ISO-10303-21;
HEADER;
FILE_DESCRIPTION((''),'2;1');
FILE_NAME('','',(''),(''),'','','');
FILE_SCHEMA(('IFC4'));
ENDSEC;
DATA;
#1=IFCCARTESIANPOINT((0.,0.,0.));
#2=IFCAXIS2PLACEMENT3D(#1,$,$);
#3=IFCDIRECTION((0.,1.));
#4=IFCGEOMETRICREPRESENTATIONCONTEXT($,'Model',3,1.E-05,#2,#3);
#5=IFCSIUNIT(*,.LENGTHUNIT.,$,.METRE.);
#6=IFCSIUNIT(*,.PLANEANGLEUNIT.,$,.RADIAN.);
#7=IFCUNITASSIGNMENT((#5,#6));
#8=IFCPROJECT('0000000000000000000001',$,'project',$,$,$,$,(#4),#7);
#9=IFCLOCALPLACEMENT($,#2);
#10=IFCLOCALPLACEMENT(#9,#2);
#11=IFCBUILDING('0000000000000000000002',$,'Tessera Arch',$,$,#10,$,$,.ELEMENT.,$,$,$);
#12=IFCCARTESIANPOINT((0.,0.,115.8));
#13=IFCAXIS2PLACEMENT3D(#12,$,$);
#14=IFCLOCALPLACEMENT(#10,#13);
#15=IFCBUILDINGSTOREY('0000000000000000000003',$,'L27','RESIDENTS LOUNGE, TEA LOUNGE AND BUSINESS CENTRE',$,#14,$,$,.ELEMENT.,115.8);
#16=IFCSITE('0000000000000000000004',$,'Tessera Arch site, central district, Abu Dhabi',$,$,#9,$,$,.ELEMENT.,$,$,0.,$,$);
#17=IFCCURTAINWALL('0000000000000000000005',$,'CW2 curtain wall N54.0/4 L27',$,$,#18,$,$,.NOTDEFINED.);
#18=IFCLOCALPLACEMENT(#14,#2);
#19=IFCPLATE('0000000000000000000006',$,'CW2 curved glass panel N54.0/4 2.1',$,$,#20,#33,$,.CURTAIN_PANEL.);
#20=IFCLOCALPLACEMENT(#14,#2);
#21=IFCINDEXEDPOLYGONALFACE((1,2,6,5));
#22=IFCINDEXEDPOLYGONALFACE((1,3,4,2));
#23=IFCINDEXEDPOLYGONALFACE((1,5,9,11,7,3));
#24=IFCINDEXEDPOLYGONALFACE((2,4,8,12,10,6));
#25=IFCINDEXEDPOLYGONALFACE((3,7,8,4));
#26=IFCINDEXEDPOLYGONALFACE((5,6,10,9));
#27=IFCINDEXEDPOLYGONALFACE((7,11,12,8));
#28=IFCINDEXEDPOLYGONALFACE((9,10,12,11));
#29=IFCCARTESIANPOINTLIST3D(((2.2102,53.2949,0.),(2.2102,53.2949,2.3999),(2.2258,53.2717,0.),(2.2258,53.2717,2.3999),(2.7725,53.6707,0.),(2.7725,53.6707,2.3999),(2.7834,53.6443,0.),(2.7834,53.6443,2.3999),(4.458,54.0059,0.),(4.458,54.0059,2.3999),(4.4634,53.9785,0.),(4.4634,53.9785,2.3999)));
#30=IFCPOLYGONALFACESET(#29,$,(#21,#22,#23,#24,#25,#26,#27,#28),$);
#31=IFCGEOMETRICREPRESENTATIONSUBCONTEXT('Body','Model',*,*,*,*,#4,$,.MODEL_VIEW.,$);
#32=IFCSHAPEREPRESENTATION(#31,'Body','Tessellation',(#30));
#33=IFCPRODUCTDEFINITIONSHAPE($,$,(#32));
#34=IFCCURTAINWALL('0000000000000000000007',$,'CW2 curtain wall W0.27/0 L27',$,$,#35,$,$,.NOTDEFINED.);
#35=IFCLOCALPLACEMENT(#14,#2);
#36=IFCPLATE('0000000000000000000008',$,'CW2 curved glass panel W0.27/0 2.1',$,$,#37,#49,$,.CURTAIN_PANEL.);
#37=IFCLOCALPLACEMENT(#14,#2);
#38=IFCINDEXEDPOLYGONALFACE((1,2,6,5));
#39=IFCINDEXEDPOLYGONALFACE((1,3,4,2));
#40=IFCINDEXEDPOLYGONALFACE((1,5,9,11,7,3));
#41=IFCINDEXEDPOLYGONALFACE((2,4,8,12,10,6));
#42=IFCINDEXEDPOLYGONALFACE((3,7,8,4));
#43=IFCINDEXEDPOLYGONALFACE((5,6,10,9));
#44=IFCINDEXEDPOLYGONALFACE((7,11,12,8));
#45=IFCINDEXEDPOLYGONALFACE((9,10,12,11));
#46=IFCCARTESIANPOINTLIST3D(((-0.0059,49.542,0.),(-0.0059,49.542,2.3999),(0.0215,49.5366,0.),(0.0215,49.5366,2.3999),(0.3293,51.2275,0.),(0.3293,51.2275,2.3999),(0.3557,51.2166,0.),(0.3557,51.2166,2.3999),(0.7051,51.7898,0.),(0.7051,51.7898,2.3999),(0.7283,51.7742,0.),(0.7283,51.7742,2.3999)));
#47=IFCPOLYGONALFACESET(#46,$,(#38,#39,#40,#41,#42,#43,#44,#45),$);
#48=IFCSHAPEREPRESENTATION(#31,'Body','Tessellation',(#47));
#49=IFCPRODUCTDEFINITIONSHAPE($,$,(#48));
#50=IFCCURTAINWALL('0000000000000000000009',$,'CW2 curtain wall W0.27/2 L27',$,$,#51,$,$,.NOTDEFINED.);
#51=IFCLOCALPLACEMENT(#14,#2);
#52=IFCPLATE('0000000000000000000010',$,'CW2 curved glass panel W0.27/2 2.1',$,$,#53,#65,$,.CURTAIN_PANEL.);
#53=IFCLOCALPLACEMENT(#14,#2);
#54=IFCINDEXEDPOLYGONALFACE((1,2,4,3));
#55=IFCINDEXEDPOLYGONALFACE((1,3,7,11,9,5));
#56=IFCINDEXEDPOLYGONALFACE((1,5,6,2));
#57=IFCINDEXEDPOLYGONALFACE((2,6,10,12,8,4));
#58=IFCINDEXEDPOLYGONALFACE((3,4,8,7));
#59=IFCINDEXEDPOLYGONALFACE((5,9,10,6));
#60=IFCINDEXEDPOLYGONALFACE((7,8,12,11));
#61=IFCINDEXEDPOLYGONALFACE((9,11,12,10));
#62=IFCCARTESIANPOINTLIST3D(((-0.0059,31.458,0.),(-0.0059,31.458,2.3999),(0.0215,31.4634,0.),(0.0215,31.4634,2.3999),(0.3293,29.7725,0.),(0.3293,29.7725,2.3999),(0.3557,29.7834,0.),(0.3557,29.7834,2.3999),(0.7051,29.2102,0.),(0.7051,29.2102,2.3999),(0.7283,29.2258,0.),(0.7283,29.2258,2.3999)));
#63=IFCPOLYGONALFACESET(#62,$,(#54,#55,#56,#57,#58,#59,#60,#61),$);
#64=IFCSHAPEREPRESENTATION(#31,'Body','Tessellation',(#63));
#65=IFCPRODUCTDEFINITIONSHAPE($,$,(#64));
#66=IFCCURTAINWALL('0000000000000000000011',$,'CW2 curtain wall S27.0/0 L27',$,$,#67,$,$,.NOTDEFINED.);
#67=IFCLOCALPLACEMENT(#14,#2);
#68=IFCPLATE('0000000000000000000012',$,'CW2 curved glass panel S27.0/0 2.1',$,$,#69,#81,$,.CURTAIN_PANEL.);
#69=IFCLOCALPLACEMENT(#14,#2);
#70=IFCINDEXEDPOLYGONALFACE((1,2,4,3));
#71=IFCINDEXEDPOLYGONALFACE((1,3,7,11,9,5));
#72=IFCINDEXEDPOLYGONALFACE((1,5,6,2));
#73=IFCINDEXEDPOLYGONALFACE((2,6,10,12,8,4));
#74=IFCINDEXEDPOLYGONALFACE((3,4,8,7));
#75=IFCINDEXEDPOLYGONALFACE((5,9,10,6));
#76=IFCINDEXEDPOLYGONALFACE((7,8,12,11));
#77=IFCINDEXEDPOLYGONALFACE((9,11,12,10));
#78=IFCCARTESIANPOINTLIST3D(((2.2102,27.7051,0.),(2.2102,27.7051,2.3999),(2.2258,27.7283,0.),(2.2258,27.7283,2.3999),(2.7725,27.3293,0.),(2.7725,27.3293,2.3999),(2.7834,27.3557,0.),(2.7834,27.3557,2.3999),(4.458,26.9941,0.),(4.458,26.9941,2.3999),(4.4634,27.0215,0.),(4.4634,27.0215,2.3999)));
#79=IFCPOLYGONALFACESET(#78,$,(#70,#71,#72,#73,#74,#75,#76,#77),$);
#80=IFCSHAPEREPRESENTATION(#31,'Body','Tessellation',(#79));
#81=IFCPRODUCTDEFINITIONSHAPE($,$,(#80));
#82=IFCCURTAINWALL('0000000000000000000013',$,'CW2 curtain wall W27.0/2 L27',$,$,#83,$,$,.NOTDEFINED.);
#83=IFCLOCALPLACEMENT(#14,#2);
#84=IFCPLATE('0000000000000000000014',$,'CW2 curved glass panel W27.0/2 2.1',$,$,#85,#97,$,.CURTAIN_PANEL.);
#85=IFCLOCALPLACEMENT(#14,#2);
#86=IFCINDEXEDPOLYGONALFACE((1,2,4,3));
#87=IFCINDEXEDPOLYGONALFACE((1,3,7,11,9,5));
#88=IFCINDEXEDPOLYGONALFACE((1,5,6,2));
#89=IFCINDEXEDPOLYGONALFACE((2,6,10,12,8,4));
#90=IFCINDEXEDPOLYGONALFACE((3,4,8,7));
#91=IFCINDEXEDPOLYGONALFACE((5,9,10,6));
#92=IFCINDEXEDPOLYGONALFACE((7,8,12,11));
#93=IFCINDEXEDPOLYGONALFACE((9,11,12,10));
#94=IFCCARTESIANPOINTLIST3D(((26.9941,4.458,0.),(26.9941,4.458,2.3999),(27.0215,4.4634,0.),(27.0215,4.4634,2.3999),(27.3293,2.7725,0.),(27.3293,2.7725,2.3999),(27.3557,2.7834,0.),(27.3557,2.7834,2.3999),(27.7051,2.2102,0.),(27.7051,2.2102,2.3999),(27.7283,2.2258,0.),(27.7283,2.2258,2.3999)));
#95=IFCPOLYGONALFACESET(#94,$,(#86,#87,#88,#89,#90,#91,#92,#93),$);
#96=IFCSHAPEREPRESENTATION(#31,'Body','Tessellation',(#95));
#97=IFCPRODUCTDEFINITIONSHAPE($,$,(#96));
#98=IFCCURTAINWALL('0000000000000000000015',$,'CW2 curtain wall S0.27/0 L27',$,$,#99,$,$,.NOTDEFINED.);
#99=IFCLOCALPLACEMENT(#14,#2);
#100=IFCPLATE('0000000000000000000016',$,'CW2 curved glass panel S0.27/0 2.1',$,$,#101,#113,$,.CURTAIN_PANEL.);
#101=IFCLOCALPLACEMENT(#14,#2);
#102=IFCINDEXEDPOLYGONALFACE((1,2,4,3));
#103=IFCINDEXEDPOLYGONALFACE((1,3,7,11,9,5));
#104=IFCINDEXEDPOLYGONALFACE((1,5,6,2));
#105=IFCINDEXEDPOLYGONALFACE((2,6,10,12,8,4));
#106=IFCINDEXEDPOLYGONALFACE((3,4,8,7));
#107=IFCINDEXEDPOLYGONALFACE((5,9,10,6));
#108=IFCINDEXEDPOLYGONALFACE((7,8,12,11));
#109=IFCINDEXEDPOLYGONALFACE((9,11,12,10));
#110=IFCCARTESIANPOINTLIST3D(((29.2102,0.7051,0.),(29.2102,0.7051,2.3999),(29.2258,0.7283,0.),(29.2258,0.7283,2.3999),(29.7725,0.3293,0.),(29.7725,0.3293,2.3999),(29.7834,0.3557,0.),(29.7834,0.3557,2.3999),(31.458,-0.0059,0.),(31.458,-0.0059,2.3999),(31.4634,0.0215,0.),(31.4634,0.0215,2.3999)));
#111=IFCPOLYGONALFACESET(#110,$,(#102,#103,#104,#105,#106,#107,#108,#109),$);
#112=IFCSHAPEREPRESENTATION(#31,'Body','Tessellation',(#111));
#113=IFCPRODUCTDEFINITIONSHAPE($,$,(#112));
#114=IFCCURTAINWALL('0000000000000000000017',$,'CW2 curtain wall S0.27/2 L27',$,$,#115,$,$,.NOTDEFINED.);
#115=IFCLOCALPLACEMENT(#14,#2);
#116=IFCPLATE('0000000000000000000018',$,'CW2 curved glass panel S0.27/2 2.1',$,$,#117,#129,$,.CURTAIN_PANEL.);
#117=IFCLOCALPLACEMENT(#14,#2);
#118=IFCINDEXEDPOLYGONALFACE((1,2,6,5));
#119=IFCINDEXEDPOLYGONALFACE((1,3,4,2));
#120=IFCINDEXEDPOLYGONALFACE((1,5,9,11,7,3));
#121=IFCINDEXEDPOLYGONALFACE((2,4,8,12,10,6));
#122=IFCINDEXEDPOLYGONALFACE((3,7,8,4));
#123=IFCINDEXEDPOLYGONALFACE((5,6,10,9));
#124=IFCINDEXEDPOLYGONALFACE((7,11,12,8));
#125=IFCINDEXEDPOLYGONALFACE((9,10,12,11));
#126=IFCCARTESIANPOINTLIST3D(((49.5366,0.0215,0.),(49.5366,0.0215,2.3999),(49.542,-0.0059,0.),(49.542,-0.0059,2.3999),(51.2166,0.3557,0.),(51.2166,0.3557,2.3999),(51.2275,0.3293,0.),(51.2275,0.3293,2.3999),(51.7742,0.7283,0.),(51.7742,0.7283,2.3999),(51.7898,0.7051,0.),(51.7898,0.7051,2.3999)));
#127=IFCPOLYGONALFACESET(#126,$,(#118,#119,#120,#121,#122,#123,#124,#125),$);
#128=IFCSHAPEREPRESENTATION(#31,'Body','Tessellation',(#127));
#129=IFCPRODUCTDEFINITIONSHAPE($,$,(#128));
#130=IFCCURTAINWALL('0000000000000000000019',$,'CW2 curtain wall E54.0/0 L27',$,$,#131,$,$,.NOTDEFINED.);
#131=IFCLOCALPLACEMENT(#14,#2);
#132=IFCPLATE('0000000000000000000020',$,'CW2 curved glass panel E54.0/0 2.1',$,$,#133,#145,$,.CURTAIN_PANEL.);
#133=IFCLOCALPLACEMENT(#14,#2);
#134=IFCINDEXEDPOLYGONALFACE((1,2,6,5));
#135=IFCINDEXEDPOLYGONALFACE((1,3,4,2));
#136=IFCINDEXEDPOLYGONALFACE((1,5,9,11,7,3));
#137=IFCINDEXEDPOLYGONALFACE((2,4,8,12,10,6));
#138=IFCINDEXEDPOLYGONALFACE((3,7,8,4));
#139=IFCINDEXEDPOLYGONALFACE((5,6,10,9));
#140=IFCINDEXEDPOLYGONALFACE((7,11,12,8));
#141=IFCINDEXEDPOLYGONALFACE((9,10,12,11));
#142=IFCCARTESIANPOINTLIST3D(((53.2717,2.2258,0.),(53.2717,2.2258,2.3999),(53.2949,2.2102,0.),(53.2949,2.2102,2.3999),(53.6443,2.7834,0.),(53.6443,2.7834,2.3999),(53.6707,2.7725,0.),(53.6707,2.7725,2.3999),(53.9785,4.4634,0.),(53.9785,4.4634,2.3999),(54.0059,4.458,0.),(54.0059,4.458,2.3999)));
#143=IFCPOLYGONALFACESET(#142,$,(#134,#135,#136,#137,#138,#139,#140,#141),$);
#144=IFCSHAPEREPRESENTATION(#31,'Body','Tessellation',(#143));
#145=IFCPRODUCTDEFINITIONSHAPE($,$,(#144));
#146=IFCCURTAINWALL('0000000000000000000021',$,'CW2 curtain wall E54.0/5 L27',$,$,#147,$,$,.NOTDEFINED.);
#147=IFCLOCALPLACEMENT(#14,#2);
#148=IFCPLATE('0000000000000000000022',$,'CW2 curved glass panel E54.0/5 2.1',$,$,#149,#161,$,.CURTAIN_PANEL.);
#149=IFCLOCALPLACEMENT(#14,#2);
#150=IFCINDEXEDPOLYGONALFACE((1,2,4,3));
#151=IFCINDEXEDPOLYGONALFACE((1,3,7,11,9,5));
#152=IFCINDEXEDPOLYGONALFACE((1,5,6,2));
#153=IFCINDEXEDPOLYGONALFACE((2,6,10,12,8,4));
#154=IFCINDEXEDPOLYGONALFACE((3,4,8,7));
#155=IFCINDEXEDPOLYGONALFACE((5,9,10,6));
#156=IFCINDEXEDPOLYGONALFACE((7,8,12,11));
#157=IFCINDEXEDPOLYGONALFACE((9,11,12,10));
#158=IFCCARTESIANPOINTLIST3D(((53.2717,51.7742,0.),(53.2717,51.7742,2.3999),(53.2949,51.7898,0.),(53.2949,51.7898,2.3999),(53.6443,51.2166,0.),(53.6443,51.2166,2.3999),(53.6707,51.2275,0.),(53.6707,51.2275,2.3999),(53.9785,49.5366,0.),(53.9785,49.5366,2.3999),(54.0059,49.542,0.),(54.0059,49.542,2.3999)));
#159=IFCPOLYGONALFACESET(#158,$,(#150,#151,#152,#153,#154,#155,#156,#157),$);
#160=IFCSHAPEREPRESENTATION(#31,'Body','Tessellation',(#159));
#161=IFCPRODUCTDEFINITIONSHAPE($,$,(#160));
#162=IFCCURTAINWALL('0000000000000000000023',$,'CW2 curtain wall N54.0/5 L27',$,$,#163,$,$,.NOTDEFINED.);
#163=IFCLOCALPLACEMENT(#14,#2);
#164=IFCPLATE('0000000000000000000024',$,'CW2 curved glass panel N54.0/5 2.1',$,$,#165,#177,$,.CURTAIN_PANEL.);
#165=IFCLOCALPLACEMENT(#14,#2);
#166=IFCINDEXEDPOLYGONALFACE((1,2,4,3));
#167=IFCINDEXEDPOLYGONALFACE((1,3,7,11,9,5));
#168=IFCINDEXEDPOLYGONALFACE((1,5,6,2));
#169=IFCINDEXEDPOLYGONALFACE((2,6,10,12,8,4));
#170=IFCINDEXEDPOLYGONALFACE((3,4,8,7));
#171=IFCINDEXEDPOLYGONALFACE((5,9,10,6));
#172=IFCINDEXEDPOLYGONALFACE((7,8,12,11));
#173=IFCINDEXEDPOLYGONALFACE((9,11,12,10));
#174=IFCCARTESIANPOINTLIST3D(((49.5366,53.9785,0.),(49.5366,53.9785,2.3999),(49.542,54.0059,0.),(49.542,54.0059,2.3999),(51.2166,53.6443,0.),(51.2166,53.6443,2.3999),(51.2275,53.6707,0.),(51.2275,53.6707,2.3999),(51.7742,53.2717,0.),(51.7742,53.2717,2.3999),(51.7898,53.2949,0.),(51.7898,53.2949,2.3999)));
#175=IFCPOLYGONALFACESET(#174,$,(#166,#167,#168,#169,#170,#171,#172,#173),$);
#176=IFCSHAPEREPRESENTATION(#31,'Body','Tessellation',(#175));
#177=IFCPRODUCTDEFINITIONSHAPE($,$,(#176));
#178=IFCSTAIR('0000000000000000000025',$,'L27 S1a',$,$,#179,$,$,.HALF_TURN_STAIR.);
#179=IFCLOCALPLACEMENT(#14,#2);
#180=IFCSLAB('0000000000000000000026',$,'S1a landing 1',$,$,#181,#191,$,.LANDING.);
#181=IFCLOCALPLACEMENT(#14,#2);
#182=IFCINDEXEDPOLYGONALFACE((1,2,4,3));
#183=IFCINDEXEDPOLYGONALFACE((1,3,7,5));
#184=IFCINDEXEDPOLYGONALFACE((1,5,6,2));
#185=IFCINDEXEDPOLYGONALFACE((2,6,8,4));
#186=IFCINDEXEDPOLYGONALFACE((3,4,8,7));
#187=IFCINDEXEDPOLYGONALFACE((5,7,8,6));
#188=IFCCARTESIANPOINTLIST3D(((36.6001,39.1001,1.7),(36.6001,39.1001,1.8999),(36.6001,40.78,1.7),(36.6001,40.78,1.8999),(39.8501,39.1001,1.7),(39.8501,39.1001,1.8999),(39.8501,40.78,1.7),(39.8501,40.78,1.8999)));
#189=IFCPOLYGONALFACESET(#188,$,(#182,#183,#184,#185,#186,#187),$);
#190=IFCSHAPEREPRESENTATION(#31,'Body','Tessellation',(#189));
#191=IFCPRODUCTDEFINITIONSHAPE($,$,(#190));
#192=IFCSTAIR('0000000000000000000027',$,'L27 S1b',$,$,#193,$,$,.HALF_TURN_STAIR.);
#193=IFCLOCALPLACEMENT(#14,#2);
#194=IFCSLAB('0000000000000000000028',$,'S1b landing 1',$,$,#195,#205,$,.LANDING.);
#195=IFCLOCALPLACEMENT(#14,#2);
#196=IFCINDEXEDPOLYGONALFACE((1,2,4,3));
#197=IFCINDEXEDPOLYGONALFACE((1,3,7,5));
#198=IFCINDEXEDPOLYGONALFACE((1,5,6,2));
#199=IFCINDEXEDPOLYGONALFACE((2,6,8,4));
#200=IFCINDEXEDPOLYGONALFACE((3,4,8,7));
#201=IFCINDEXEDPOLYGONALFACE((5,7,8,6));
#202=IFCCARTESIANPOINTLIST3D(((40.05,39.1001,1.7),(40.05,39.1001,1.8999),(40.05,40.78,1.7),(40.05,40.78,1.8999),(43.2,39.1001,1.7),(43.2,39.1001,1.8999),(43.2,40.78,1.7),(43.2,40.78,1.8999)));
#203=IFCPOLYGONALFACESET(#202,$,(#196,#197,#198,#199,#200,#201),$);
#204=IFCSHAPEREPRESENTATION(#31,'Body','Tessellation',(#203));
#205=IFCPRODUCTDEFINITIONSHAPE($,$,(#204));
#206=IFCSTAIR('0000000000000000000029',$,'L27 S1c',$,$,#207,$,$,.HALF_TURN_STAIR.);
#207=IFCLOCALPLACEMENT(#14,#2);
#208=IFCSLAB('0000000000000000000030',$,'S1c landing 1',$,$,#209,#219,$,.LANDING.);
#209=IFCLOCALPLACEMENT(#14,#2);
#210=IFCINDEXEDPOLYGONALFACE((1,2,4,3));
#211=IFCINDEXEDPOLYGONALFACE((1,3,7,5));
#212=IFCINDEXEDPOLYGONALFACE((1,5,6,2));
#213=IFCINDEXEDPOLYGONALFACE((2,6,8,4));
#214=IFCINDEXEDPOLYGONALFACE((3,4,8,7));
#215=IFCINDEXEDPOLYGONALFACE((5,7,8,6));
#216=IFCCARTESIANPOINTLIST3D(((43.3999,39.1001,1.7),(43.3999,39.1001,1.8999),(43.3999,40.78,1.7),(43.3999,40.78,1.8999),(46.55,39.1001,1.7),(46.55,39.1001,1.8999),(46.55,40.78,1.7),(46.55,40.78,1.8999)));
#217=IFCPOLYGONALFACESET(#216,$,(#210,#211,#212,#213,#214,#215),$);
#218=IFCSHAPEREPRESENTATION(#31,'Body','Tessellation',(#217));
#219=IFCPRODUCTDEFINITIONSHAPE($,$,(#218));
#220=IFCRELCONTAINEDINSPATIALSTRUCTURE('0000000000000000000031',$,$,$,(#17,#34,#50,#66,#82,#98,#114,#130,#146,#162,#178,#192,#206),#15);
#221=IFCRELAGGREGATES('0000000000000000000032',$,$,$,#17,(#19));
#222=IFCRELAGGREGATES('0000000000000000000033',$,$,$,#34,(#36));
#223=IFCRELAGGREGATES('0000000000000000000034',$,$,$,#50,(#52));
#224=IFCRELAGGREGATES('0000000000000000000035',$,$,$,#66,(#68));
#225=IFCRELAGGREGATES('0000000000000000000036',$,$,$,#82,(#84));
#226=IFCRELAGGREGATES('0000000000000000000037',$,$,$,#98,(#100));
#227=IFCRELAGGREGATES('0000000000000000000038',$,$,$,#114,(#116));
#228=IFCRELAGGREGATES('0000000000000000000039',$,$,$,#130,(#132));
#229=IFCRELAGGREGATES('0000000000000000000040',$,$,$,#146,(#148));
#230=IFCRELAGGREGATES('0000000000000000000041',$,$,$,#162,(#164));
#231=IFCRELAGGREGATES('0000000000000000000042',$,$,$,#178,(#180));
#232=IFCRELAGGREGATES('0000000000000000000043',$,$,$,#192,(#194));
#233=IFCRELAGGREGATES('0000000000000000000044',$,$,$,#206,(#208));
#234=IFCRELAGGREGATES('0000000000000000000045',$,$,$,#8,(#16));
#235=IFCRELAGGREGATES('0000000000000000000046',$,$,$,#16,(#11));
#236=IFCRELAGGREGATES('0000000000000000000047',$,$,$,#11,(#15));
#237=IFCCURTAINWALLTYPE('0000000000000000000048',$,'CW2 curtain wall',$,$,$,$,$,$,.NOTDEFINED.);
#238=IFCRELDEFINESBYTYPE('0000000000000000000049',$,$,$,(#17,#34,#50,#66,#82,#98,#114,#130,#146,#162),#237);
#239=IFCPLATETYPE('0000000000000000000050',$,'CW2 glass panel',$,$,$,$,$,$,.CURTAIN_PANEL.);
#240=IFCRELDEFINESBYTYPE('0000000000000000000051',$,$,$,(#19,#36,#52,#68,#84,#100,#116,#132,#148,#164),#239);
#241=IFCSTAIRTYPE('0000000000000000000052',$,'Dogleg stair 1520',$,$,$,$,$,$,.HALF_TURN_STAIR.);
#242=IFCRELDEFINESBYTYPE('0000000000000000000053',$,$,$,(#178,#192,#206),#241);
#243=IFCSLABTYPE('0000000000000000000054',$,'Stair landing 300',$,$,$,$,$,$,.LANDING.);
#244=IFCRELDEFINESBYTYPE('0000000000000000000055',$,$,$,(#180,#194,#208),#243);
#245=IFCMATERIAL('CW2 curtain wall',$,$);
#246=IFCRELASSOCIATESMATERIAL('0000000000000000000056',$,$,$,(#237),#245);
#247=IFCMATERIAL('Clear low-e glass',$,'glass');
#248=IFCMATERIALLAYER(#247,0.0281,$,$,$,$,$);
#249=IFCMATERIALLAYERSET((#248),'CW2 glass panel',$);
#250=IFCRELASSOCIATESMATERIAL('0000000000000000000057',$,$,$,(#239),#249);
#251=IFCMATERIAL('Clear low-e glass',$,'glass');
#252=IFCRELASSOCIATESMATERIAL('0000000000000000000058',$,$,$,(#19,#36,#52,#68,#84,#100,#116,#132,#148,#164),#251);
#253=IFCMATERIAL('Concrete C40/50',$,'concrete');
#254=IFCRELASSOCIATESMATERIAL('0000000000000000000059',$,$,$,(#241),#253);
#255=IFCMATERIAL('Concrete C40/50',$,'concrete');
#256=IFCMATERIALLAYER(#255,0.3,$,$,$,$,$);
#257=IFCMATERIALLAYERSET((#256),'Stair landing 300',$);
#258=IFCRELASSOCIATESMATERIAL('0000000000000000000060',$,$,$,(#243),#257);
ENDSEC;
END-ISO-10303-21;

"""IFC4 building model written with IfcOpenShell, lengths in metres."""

from ifc_helpers import new_model, si_unit, direction, frame, origin, place, context, subcontext, project, spatial, polyline, outline, extrude, material, layer, layer_set, type_object, element, aggregate, save


model = new_model("IFC4")

# Units and contexts
model_context = context("Model", 3, precision=1e-05, world=origin(), true_north=direction((0.0, 1.0)))
body_context = subcontext(model_context, "Body", "Model", "MODEL_VIEW")
ifc_project = project(units=[si_unit("LENGTHUNIT", "METRE"), si_unit("PLANEANGLEUNIT", "RADIAN")], contexts=[model_context])

# Site, building, storey
site_placement = place(None, origin())
site = spatial("IfcSite", under=ifc_project, at=site_placement, Name="Tessera Arch site, central district, Abu Dhabi", CompositionType="ELEMENT", RefElevation=0.0)
building_placement = place(site_placement, origin())
building = spatial("IfcBuilding", under=site, at=building_placement, Name="Tessera Arch", CompositionType="ELEMENT")
storey_placement = place(building_placement, frame((0.0, 0.0, 115.8)))
storey = spatial("IfcBuildingStorey", under=building, at=storey_placement, Name="L27", Description="RESIDENTS LOUNGE, TEA LOUNGE AND BUSINESS CENTRE", CompositionType="ELEMENT", Elevation=115.8)

# Curtain walls, plates
ifc_material_1 = material(Name="CW2 curtain wall")
curtain_wall_type = type_object("IfcCurtainWallType", Name="CW2 curtain wall", PredefinedType="NOTDEFINED", material=ifc_material_1)
curtain_wall_1_placement = place(storey_placement, origin())
curtain_wall_1 = element("IfcCurtainWall", 1, at=curtain_wall_1_placement, inside=storey, type_object=curtain_wall_type, Name="CW2 curtain wall N54.0/4 L27", PredefinedType="NOTDEFINED")
ifc_material_2 = material(Name="Clear low-e glass", Category="glass")
ifc_material_3 = material(Name="Clear low-e glass", Category="glass")
ifc_layer_1 = layer(ifc_material_3, 0.0281)
ifc_layer_set_1 = layer_set([ifc_layer_1], Name="CW2 glass panel")
plate_type = type_object("IfcPlateType", Name="CW2 glass panel", PredefinedType="CURTAIN_PANEL", material=ifc_layer_set_1)
plate_1_placement = place(storey_placement, origin())
plate_1 = element("IfcPlate", 2, at=plate_1_placement, type_object=plate_type, material=ifc_material_2, Name="CW2 curved glass panel N54.0/4 2.1", PredefinedType="CURTAIN_PANEL", context=body_context, shape_type="SweptSolid", body=[
    extrude(outline(polyline([(2.7834, 53.6443), (4.4634, 53.9785), (4.458, 54.0059), (2.7725, 53.6707), (2.2102, 53.2949), (2.2258, 53.2717), (2.7834, 53.6443)])), origin(), (0.0, 0.0, 1.0), 2.3999),
])
aggregate(curtain_wall_1, [plate_1])
curtain_wall_2_placement = place(storey_placement, origin())
curtain_wall_2 = element("IfcCurtainWall", 3, at=curtain_wall_2_placement, inside=storey, type_object=curtain_wall_type, Name="CW2 curtain wall W0.27/0 L27", PredefinedType="NOTDEFINED")
plate_2_placement = place(storey_placement, origin())
plate_2 = element("IfcPlate", 4, at=plate_2_placement, type_object=plate_type, material=ifc_material_2, Name="CW2 curved glass panel W0.27/0 2.1", PredefinedType="CURTAIN_PANEL", context=body_context, shape_type="SweptSolid", body=[
    extrude(outline(polyline([(0.3557, 51.2166), (0.7283, 51.7742), (0.7051, 51.7898), (0.3293, 51.2275), (-0.0059, 49.542), (0.0215, 49.5366), (0.3557, 51.2166)])), origin(), (0.0, 0.0, 1.0), 2.3999),
])
aggregate(curtain_wall_2, [plate_2])
curtain_wall_3_placement = place(storey_placement, origin())
curtain_wall_3 = element("IfcCurtainWall", 5, at=curtain_wall_3_placement, inside=storey, type_object=curtain_wall_type, Name="CW2 curtain wall W0.27/2 L27", PredefinedType="NOTDEFINED")
plate_3_placement = place(storey_placement, origin())
plate_3 = element("IfcPlate", 6, at=plate_3_placement, type_object=plate_type, material=ifc_material_2, Name="CW2 curved glass panel W0.27/2 2.1", PredefinedType="CURTAIN_PANEL", context=body_context, shape_type="SweptSolid", body=[
    extrude(outline(polyline([(0.3557, 29.7834), (0.0215, 31.4634), (-0.0059, 31.458), (0.3293, 29.7725), (0.7051, 29.2102), (0.7283, 29.2258), (0.3557, 29.7834)])), origin(), (0.0, 0.0, 1.0), 2.3999),
])
aggregate(curtain_wall_3, [plate_3])
curtain_wall_4_placement = place(storey_placement, origin())
curtain_wall_4 = element("IfcCurtainWall", 7, at=curtain_wall_4_placement, inside=storey, type_object=curtain_wall_type, Name="CW2 curtain wall S27.0/0 L27", PredefinedType="NOTDEFINED")
plate_4_placement = place(storey_placement, origin())
plate_4 = element("IfcPlate", 8, at=plate_4_placement, type_object=plate_type, material=ifc_material_2, Name="CW2 curved glass panel S27.0/0 2.1", PredefinedType="CURTAIN_PANEL", context=body_context, shape_type="SweptSolid", body=[
    extrude(outline(polyline([(2.7834, 27.3557), (2.2258, 27.7283), (2.2102, 27.7051), (2.7725, 27.3293), (4.458, 26.9941), (4.4634, 27.0215), (2.7834, 27.3557)])), origin(), (0.0, 0.0, 1.0), 2.3999),
])
aggregate(curtain_wall_4, [plate_4])
curtain_wall_5_placement = place(storey_placement, origin())
curtain_wall_5 = element("IfcCurtainWall", 9, at=curtain_wall_5_placement, inside=storey, type_object=curtain_wall_type, Name="CW2 curtain wall W27.0/2 L27", PredefinedType="NOTDEFINED")
plate_5_placement = place(storey_placement, origin())
plate_5 = element("IfcPlate", 10, at=plate_5_placement, type_object=plate_type, material=ifc_material_2, Name="CW2 curved glass panel W27.0/2 2.1", PredefinedType="CURTAIN_PANEL", context=body_context, shape_type="SweptSolid", body=[
    extrude(outline(polyline([(27.3557, 2.7834), (27.0215, 4.4634), (26.9941, 4.458), (27.3293, 2.7725), (27.7051, 2.2102), (27.7283, 2.2258), (27.3557, 2.7834)])), origin(), (0.0, 0.0, 1.0), 2.3999),
])
aggregate(curtain_wall_5, [plate_5])
curtain_wall_6_placement = place(storey_placement, origin())
curtain_wall_6 = element("IfcCurtainWall", 11, at=curtain_wall_6_placement, inside=storey, type_object=curtain_wall_type, Name="CW2 curtain wall S0.27/0 L27", PredefinedType="NOTDEFINED")
plate_6_placement = place(storey_placement, origin())
plate_6 = element("IfcPlate", 12, at=plate_6_placement, type_object=plate_type, material=ifc_material_2, Name="CW2 curved glass panel S0.27/0 2.1", PredefinedType="CURTAIN_PANEL", context=body_context, shape_type="SweptSolid", body=[
    extrude(outline(polyline([(29.7834, 0.3557), (29.2258, 0.7283), (29.2102, 0.7051), (29.7725, 0.3293), (31.458, -0.0059), (31.4634, 0.0215), (29.7834, 0.3557)])), origin(), (0.0, 0.0, 1.0), 2.3999),
])
aggregate(curtain_wall_6, [plate_6])
curtain_wall_7_placement = place(storey_placement, origin())
curtain_wall_7 = element("IfcCurtainWall", 13, at=curtain_wall_7_placement, inside=storey, type_object=curtain_wall_type, Name="CW2 curtain wall S0.27/2 L27", PredefinedType="NOTDEFINED")
plate_7_placement = place(storey_placement, origin())
plate_7 = element("IfcPlate", 14, at=plate_7_placement, type_object=plate_type, material=ifc_material_2, Name="CW2 curved glass panel S0.27/2 2.1", PredefinedType="CURTAIN_PANEL", context=body_context, shape_type="SweptSolid", body=[
    extrude(outline(polyline([(51.2166, 0.3557), (49.5366, 0.0215), (49.542, -0.0059), (51.2275, 0.3293), (51.7898, 0.7051), (51.7742, 0.7283), (51.2166, 0.3557)])), origin(), (0.0, 0.0, 1.0), 2.3999),
])
aggregate(curtain_wall_7, [plate_7])
curtain_wall_8_placement = place(storey_placement, origin())
curtain_wall_8 = element("IfcCurtainWall", 15, at=curtain_wall_8_placement, inside=storey, type_object=curtain_wall_type, Name="CW2 curtain wall E54.0/0 L27", PredefinedType="NOTDEFINED")
plate_8_placement = place(storey_placement, origin())
plate_8 = element("IfcPlate", 16, at=plate_8_placement, type_object=plate_type, material=ifc_material_2, Name="CW2 curved glass panel E54.0/0 2.1", PredefinedType="CURTAIN_PANEL", context=body_context, shape_type="SweptSolid", body=[
    extrude(outline(polyline([(53.6443, 2.7834), (53.2717, 2.2258), (53.2949, 2.2102), (53.6707, 2.7725), (54.0059, 4.458), (53.9785, 4.4634), (53.6443, 2.7834)])), origin(), (0.0, 0.0, 1.0), 2.3999),
])
aggregate(curtain_wall_8, [plate_8])
curtain_wall_9_placement = place(storey_placement, origin())
curtain_wall_9 = element("IfcCurtainWall", 17, at=curtain_wall_9_placement, inside=storey, type_object=curtain_wall_type, Name="CW2 curtain wall E54.0/5 L27", PredefinedType="NOTDEFINED")
plate_9_placement = place(storey_placement, origin())
plate_9 = element("IfcPlate", 18, at=plate_9_placement, type_object=plate_type, material=ifc_material_2, Name="CW2 curved glass panel E54.0/5 2.1", PredefinedType="CURTAIN_PANEL", context=body_context, shape_type="SweptSolid", body=[
    extrude(outline(polyline([(53.6443, 51.2166), (53.9785, 49.5366), (54.0059, 49.542), (53.6707, 51.2275), (53.2949, 51.7898), (53.2717, 51.7742), (53.6443, 51.2166)])), origin(), (0.0, 0.0, 1.0), 2.3999),
])
aggregate(curtain_wall_9, [plate_9])
curtain_wall_10_placement = place(storey_placement, origin())
curtain_wall_10 = element("IfcCurtainWall", 19, at=curtain_wall_10_placement, inside=storey, type_object=curtain_wall_type, Name="CW2 curtain wall N54.0/5 L27", PredefinedType="NOTDEFINED")
plate_10_placement = place(storey_placement, origin())
plate_10 = element("IfcPlate", 20, at=plate_10_placement, type_object=plate_type, material=ifc_material_2, Name="CW2 curved glass panel N54.0/5 2.1", PredefinedType="CURTAIN_PANEL", context=body_context, shape_type="SweptSolid", body=[
    extrude(outline(polyline([(51.2166, 53.6443), (51.7742, 53.2717), (51.7898, 53.2949), (51.2275, 53.6707), (49.542, 54.0059), (49.5366, 53.9785), (51.2166, 53.6443)])), origin(), (0.0, 0.0, 1.0), 2.3999),
])
aggregate(curtain_wall_10, [plate_10])

# Stairs, slabs
ifc_material_4 = material(Name="Concrete C40/50", Category="concrete")
stair_type_1 = type_object("IfcStairType", Name="Dogleg stair 1520", PredefinedType="HALF_TURN_STAIR", material=ifc_material_4)
stair_1_placement = place(storey_placement, origin())
stair_1 = element("IfcStair", 21, at=stair_1_placement, inside=storey, type_object=stair_type_1, Name="L27 S1a", PredefinedType="HALF_TURN_STAIR")
ifc_material_5 = material(Name="Concrete C40/50", Category="concrete")
ifc_layer_2 = layer(ifc_material_5, 0.3)
ifc_layer_set_2 = layer_set([ifc_layer_2], Name="Stair landing 300")
slab_type_1 = type_object("IfcSlabType", Name="Stair landing 300", PredefinedType="LANDING", material=ifc_layer_set_2)
slab_1_placement = place(storey_placement, frame((0.0, 0.0, 1.7)))
slab_1 = element("IfcSlab", 22, at=slab_1_placement, type_object=slab_type_1, Name="S1a landing 1", PredefinedType="LANDING", context=body_context, shape_type="SweptSolid", body=[
    extrude(outline(polyline([(36.6001, 40.78), (36.6001, 39.1001), (39.8501, 39.1001), (39.8501, 40.78), (36.6001, 40.78)])), origin(), (0.0, 0.0, 1.0), 0.2),
])
aggregate(stair_1, [slab_1])
stair_2_placement = place(storey_placement, origin())
stair_2 = element("IfcStair", 23, at=stair_2_placement, inside=storey, type_object=stair_type_1, Name="L27 S1b", PredefinedType="HALF_TURN_STAIR")
slab_2_placement = place(storey_placement, frame((0.0, 0.0, 1.7)))
slab_2 = element("IfcSlab", 24, at=slab_2_placement, type_object=slab_type_1, Name="S1b landing 1", PredefinedType="LANDING", context=body_context, shape_type="SweptSolid", body=[
    extrude(outline(polyline([(40.05, 40.78), (40.05, 39.1001), (43.2, 39.1001), (43.2, 40.78), (40.05, 40.78)])), origin(), (0.0, 0.0, 1.0), 0.2),
])
aggregate(stair_2, [slab_2])
stair_3_placement = place(storey_placement, origin())
stair_3 = element("IfcStair", 25, at=stair_3_placement, inside=storey, type_object=stair_type_1, Name="L27 S1c", PredefinedType="HALF_TURN_STAIR")
slab_3_placement = place(storey_placement, frame((0.0, 0.0, 1.7)))
slab_3 = element("IfcSlab", 26, at=slab_3_placement, type_object=slab_type_1, Name="S1c landing 1", PredefinedType="LANDING", context=body_context, shape_type="SweptSolid", body=[
    extrude(outline(polyline([(43.3999, 40.78), (43.3999, 39.1001), (46.55, 39.1001), (46.55, 40.78), (43.3999, 40.78)])), origin(), (0.0, 0.0, 1.0), 0.2),
])
aggregate(stair_3, [slab_3])

save(model, "model.ifc")
